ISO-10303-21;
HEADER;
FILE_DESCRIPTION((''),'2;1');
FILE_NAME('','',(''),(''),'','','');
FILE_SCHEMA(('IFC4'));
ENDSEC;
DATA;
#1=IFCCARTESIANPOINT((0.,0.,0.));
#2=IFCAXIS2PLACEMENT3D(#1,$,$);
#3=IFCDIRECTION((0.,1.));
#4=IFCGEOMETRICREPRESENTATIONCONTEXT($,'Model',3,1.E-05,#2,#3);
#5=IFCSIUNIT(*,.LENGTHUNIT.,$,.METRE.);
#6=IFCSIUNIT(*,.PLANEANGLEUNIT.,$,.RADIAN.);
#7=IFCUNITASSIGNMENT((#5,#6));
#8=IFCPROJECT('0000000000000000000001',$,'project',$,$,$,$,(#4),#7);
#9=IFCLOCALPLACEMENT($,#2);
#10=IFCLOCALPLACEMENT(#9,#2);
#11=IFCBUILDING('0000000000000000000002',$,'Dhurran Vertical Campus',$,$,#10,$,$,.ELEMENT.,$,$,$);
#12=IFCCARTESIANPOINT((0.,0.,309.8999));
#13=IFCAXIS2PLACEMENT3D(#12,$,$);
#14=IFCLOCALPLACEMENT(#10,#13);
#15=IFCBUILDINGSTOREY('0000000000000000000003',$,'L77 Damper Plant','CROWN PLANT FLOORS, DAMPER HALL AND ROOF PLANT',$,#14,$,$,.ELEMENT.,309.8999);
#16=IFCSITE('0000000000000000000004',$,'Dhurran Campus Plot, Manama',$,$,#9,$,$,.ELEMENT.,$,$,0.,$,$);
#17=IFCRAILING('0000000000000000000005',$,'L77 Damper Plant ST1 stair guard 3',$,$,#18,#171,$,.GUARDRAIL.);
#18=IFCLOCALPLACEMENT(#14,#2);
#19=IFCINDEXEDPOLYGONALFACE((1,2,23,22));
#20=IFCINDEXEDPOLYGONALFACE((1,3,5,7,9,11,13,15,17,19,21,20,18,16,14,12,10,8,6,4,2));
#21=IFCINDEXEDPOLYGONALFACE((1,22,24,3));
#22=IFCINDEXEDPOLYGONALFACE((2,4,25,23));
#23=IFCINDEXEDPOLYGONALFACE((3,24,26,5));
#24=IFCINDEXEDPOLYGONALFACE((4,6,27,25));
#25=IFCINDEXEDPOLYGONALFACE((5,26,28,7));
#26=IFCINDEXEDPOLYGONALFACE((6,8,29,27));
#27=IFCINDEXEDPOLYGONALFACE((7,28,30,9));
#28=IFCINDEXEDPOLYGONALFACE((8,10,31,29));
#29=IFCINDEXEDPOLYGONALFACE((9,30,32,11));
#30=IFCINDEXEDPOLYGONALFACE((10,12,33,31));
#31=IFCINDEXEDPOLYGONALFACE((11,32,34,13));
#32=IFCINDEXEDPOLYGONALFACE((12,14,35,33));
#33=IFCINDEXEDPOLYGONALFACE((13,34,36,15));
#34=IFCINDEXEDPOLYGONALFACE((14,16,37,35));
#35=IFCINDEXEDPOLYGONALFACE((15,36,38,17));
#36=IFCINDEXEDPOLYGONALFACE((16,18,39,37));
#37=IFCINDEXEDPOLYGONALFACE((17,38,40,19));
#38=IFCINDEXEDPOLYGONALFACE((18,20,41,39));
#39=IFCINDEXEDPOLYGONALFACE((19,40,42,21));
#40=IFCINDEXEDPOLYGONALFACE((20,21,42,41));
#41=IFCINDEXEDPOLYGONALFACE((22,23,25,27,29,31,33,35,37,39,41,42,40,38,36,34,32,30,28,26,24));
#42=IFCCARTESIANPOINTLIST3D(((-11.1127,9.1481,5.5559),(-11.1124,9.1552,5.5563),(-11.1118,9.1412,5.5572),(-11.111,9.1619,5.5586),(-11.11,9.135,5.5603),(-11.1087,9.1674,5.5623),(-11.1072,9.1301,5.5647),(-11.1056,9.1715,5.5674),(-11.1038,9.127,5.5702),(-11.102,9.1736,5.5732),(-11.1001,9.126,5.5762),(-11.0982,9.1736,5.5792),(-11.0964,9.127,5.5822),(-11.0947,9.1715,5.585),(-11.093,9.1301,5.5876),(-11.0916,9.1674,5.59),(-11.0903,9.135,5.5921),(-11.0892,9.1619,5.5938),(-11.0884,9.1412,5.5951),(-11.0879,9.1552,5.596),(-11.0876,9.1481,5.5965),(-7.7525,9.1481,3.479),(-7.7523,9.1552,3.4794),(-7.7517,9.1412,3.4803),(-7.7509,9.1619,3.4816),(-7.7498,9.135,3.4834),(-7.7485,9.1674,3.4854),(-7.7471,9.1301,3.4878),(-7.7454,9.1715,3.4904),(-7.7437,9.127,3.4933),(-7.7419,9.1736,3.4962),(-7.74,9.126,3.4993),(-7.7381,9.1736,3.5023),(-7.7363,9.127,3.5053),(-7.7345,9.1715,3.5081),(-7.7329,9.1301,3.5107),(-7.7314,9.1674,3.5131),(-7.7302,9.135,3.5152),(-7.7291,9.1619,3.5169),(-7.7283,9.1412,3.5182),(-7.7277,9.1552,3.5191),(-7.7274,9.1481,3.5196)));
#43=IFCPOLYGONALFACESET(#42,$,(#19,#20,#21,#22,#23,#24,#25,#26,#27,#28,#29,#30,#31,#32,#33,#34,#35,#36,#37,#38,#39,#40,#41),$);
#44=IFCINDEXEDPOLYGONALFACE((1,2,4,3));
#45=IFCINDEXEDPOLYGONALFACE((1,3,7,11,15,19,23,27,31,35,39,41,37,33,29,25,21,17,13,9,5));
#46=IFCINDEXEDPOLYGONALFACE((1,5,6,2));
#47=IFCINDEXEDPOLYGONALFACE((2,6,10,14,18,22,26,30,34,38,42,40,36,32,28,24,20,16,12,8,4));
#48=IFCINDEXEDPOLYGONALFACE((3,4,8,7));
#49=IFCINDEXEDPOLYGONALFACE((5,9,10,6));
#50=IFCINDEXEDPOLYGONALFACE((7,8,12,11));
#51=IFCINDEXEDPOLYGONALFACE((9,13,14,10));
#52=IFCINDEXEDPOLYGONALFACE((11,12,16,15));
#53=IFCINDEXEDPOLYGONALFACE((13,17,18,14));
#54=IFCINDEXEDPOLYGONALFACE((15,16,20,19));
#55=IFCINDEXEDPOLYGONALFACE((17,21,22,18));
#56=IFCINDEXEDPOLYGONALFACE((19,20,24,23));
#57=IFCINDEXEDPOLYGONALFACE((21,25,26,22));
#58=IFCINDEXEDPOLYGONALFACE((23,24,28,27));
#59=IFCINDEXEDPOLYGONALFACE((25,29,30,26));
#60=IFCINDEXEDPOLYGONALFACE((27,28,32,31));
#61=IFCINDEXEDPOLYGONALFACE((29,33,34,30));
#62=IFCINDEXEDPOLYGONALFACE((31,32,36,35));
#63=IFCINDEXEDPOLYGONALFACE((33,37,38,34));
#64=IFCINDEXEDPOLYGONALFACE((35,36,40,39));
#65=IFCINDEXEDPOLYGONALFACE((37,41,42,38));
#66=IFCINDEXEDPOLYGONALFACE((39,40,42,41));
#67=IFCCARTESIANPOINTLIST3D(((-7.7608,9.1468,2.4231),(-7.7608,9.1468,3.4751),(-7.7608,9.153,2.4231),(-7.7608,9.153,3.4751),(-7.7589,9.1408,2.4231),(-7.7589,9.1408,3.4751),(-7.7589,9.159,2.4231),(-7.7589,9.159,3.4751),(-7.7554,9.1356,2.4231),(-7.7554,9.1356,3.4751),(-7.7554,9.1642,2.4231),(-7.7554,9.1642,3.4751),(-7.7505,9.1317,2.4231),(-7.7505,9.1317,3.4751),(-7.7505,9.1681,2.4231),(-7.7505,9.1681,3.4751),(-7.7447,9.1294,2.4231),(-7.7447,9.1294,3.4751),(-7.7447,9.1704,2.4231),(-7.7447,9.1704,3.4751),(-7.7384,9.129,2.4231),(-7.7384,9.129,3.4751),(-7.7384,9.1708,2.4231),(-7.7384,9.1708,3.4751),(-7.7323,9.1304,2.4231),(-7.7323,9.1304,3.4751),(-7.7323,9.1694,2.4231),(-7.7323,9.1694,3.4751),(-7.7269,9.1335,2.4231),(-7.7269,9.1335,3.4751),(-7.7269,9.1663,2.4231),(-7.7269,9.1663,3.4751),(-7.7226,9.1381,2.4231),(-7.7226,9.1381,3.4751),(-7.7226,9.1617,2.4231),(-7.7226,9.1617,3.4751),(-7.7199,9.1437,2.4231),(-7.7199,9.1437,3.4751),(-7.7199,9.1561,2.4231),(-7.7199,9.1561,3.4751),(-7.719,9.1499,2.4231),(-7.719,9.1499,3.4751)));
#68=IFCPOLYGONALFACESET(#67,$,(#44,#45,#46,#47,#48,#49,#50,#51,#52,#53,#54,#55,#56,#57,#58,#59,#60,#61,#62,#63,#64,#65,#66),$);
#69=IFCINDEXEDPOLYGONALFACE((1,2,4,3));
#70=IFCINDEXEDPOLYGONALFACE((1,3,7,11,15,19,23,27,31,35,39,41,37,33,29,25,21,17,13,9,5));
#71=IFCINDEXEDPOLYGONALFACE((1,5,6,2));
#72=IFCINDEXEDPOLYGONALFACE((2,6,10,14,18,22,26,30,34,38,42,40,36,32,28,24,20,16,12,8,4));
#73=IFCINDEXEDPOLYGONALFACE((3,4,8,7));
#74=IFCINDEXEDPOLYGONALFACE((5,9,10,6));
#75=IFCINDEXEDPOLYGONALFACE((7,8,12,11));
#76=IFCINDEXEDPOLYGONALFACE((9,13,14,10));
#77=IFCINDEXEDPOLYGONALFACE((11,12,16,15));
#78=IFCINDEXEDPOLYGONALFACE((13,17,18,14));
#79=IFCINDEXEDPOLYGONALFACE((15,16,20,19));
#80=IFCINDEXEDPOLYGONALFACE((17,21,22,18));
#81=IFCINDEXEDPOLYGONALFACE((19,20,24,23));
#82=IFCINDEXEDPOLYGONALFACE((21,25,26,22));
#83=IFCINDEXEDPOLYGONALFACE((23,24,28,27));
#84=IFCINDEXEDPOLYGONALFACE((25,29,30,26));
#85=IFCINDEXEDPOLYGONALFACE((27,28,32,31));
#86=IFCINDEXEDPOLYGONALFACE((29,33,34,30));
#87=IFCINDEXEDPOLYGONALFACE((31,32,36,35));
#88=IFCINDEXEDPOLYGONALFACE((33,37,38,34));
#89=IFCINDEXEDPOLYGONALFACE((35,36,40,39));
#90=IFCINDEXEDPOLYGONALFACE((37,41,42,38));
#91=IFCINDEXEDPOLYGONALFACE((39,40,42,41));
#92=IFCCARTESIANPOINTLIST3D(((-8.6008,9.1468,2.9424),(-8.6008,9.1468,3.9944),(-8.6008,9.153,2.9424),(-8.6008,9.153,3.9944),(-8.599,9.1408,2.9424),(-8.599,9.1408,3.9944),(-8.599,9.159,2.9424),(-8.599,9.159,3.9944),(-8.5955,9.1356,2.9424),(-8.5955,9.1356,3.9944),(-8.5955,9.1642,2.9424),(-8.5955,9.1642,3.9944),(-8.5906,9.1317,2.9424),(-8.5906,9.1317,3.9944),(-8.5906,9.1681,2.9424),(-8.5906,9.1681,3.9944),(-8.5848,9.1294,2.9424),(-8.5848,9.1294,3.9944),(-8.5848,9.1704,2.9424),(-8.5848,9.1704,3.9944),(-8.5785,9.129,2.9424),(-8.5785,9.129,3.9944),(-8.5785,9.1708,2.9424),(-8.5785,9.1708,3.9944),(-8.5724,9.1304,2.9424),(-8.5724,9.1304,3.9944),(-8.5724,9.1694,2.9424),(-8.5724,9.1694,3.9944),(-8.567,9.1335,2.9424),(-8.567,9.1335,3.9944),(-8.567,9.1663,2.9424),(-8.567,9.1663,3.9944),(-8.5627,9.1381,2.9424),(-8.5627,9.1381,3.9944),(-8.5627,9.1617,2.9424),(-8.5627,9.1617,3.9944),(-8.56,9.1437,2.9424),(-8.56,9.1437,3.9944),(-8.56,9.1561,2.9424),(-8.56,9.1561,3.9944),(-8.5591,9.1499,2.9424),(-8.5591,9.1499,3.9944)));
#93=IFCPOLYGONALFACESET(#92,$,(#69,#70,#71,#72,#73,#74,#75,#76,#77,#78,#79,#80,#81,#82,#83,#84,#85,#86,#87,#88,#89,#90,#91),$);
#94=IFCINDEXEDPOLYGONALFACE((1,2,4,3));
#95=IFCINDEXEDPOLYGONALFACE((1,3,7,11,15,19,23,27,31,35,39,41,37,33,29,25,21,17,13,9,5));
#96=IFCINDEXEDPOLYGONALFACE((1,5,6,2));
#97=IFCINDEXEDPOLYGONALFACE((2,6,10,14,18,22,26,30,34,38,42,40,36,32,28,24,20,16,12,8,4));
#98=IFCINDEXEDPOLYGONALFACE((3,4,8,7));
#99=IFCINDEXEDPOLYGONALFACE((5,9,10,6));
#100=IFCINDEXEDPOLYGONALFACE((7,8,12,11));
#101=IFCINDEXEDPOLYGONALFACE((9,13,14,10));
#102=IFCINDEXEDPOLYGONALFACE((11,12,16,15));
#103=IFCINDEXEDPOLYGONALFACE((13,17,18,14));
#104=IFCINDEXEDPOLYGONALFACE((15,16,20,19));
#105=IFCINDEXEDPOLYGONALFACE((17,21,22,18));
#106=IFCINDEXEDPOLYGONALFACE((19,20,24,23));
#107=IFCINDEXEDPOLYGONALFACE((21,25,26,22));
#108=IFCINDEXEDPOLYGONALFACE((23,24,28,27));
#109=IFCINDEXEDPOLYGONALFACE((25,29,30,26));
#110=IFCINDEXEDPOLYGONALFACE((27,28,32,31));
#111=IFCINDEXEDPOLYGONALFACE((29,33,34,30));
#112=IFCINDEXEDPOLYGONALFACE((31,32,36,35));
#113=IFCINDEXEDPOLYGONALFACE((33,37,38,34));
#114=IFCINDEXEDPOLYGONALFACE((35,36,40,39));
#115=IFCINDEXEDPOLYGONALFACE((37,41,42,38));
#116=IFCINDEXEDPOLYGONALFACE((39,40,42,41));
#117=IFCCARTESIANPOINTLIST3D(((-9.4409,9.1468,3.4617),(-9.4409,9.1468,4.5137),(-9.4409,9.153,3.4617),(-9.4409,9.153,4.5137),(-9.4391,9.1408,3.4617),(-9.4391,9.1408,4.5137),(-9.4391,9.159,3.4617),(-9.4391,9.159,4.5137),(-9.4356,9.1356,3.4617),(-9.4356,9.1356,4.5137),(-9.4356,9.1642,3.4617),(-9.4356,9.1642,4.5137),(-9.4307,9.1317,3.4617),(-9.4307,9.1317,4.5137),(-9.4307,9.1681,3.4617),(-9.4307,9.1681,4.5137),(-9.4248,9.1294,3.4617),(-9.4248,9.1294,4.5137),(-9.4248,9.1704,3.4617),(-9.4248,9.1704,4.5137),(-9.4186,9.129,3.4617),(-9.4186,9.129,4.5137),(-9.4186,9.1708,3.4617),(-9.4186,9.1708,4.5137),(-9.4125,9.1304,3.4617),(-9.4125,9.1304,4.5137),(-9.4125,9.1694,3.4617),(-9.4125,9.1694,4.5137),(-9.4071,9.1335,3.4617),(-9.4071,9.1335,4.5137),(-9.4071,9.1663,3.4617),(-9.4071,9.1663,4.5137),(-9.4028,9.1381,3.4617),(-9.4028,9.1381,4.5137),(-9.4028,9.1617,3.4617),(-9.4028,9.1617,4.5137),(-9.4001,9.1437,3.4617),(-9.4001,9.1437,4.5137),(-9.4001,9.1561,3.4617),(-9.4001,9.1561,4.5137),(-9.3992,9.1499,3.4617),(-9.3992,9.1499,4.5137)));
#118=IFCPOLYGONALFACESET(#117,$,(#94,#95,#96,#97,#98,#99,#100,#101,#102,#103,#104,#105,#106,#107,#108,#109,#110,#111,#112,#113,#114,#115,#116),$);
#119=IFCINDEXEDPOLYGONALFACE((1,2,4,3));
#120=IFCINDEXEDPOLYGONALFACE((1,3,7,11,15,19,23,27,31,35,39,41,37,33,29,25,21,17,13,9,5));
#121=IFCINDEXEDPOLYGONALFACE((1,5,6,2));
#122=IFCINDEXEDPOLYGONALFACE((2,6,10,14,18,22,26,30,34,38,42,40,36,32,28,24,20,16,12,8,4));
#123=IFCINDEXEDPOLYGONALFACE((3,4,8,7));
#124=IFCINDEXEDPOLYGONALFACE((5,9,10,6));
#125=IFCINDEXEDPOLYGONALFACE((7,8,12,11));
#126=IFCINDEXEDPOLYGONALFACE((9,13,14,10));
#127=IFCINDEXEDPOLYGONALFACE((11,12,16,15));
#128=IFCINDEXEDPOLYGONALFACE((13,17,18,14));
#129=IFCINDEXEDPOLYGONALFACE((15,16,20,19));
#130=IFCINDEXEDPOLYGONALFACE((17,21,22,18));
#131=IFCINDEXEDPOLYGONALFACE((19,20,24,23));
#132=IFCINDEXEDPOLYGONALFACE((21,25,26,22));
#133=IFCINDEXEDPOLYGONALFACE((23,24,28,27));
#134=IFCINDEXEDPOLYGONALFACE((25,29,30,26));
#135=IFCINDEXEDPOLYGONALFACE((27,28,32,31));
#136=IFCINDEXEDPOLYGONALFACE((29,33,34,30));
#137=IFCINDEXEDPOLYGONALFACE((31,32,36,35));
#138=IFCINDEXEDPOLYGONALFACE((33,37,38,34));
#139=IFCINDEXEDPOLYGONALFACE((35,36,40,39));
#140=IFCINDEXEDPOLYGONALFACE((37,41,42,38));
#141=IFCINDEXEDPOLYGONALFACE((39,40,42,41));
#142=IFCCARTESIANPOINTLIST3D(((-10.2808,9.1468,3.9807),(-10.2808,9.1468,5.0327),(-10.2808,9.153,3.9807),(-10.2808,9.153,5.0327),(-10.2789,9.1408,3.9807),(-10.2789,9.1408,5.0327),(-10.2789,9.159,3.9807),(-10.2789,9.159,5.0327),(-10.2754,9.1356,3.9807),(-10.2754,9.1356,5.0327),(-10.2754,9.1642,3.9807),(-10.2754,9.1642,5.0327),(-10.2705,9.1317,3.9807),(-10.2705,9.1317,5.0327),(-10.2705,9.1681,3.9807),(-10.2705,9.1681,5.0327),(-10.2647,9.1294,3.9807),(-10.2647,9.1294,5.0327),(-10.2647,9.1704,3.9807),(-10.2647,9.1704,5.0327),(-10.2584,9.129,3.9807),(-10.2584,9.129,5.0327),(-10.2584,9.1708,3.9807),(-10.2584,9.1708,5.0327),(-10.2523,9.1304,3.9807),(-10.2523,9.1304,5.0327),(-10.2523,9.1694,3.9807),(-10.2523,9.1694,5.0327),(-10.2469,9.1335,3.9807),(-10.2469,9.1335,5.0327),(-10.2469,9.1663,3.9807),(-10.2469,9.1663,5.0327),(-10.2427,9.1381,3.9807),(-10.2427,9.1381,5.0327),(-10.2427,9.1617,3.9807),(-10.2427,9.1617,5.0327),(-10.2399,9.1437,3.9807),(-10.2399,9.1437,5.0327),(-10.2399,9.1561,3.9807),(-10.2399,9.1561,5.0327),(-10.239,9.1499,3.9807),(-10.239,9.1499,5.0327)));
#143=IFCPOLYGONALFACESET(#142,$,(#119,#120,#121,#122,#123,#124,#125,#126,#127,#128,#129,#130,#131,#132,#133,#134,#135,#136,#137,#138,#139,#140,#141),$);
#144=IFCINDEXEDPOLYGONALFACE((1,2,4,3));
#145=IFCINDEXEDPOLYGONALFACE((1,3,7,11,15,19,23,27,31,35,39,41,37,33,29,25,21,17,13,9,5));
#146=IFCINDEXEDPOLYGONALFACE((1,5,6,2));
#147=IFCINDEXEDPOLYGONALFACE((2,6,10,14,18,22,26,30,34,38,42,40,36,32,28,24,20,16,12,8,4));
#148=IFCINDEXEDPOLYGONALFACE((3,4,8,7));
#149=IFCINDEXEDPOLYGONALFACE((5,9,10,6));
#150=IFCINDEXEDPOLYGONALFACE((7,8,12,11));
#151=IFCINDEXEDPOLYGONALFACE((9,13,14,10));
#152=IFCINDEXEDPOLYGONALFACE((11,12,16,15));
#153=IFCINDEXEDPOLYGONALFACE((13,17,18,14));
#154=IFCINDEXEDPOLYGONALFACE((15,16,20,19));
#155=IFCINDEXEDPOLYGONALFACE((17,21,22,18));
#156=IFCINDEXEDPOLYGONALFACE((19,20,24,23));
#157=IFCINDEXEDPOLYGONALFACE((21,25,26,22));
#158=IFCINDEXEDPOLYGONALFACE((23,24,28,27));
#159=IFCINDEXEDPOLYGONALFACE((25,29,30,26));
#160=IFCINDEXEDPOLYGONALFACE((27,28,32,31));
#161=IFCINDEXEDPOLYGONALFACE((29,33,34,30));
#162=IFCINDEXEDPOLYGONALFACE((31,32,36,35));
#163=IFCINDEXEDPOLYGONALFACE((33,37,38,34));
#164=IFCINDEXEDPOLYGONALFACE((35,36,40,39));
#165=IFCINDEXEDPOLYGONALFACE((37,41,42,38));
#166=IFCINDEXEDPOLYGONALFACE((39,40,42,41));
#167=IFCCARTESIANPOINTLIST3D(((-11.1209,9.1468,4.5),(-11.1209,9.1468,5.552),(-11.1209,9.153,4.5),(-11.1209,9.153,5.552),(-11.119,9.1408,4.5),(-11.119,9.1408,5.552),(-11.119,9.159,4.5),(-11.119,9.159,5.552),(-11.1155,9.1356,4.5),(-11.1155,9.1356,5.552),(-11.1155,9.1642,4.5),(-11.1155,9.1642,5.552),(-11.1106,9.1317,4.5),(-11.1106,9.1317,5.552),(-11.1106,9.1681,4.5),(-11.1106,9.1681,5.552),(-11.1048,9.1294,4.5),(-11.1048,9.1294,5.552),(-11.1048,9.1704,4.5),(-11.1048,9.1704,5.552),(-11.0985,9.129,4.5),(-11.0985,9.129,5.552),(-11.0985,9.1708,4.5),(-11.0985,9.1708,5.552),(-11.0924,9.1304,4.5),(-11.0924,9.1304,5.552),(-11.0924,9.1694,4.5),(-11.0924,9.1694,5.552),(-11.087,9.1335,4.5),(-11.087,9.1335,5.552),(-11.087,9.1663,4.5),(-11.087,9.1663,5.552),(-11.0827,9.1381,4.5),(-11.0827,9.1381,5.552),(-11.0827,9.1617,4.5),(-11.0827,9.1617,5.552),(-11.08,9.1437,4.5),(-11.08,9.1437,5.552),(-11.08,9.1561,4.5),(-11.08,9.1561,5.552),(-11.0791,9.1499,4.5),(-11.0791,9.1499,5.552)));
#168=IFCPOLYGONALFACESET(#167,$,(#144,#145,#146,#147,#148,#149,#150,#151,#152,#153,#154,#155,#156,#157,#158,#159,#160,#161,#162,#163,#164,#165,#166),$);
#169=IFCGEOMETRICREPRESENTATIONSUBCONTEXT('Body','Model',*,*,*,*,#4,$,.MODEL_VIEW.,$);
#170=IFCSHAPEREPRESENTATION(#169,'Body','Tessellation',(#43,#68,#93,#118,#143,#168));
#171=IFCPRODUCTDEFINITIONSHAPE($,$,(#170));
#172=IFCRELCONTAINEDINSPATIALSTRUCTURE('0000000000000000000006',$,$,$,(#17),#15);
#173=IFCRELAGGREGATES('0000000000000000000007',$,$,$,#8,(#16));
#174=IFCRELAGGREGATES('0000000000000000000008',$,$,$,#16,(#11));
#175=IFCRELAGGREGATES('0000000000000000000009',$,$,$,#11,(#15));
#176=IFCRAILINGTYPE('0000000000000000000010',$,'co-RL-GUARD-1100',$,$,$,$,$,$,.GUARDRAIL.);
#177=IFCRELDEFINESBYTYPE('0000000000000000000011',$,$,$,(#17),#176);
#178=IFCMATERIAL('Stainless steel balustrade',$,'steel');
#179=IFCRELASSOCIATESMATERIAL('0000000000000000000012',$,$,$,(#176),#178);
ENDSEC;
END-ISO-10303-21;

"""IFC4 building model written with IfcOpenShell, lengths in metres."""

from ifc_helpers import new_model, si_unit, direction, frame, origin, origin_2d, place, context, subcontext, project, spatial, circle, extrude, material, type_object, element, save


model = new_model("IFC4")

# Units and contexts
model_context = context("Model", 3, precision=1e-05, world=origin(), true_north=direction((0.0, 1.0)))
body_context = subcontext(model_context, "Body", "Model", "MODEL_VIEW")
ifc_project = project(units=[si_unit("LENGTHUNIT", "METRE"), si_unit("PLANEANGLEUNIT", "RADIAN")], contexts=[model_context])

# Site, building, storey
site_placement = place(None, origin())
site = spatial("IfcSite", under=ifc_project, at=site_placement, Name="Dhurran Campus Plot, Manama", CompositionType="ELEMENT", RefElevation=0.0)
building_placement = place(site_placement, origin())
building = spatial("IfcBuilding", under=site, at=building_placement, Name="Dhurran Vertical Campus", CompositionType="ELEMENT")
storey_placement = place(building_placement, frame((0.0, 0.0, 309.8999)))
storey = spatial("IfcBuildingStorey", under=building, at=storey_placement, Name="L77 Damper Plant", Description="CROWN PLANT FLOORS, DAMPER HALL AND ROOF PLANT", CompositionType="ELEMENT", Elevation=309.8999)

# Railing
ifc_material_1 = material(Name="Stainless steel balustrade", Category="steel")
railing_type_1 = type_object("IfcRailingType", Name="co-RL-GUARD-1100", PredefinedType="GUARDRAIL", material=ifc_material_1)
railing_1_placement = place(storey_placement, frame((-7.74, 9.1499, 2.4231)))
element("IfcRailing", 1, at=railing_1_placement, inside=storey, type_object=railing_type_1, Name="L77 Damper Plant ST1 stair guard 3", PredefinedType="GUARDRAIL", context=body_context, shape_type="SweptSolid", body=[
    extrude(circle(Radius=0.0239, at=origin_2d()), frame((0.0, 0.0, 1.0762), z_axis=(-0.850623, 0.0, 0.525776), x_axis=(0.0, -1.0, 0.0)), (0.0, 0.0, 1.0), 3.9502),
    extrude(circle(Radius=0.021, at=origin_2d()), origin(), (0.0, 0.0, 1.0), 1.052),
    extrude(circle(Radius=0.021, at=origin_2d()), frame((-0.8401, 0.0, 0.5193)), (0.0, 0.0, 1.0), 1.052),
    extrude(circle(Radius=0.021, at=origin_2d()), frame((-1.6802, 0.0, 1.0386)), (0.0, 0.0, 1.0), 1.052),
    extrude(circle(Radius=0.021, at=origin_2d()), frame((-2.52, 0.0, 1.5576)), (0.0, 0.0, 1.0), 1.052),
    extrude(circle(Radius=0.021, at=origin_2d()), frame((-3.3601, 0.0, 2.0769)), (0.0, 0.0, 1.0), 1.052),
])

save(model, "model.ifc")
